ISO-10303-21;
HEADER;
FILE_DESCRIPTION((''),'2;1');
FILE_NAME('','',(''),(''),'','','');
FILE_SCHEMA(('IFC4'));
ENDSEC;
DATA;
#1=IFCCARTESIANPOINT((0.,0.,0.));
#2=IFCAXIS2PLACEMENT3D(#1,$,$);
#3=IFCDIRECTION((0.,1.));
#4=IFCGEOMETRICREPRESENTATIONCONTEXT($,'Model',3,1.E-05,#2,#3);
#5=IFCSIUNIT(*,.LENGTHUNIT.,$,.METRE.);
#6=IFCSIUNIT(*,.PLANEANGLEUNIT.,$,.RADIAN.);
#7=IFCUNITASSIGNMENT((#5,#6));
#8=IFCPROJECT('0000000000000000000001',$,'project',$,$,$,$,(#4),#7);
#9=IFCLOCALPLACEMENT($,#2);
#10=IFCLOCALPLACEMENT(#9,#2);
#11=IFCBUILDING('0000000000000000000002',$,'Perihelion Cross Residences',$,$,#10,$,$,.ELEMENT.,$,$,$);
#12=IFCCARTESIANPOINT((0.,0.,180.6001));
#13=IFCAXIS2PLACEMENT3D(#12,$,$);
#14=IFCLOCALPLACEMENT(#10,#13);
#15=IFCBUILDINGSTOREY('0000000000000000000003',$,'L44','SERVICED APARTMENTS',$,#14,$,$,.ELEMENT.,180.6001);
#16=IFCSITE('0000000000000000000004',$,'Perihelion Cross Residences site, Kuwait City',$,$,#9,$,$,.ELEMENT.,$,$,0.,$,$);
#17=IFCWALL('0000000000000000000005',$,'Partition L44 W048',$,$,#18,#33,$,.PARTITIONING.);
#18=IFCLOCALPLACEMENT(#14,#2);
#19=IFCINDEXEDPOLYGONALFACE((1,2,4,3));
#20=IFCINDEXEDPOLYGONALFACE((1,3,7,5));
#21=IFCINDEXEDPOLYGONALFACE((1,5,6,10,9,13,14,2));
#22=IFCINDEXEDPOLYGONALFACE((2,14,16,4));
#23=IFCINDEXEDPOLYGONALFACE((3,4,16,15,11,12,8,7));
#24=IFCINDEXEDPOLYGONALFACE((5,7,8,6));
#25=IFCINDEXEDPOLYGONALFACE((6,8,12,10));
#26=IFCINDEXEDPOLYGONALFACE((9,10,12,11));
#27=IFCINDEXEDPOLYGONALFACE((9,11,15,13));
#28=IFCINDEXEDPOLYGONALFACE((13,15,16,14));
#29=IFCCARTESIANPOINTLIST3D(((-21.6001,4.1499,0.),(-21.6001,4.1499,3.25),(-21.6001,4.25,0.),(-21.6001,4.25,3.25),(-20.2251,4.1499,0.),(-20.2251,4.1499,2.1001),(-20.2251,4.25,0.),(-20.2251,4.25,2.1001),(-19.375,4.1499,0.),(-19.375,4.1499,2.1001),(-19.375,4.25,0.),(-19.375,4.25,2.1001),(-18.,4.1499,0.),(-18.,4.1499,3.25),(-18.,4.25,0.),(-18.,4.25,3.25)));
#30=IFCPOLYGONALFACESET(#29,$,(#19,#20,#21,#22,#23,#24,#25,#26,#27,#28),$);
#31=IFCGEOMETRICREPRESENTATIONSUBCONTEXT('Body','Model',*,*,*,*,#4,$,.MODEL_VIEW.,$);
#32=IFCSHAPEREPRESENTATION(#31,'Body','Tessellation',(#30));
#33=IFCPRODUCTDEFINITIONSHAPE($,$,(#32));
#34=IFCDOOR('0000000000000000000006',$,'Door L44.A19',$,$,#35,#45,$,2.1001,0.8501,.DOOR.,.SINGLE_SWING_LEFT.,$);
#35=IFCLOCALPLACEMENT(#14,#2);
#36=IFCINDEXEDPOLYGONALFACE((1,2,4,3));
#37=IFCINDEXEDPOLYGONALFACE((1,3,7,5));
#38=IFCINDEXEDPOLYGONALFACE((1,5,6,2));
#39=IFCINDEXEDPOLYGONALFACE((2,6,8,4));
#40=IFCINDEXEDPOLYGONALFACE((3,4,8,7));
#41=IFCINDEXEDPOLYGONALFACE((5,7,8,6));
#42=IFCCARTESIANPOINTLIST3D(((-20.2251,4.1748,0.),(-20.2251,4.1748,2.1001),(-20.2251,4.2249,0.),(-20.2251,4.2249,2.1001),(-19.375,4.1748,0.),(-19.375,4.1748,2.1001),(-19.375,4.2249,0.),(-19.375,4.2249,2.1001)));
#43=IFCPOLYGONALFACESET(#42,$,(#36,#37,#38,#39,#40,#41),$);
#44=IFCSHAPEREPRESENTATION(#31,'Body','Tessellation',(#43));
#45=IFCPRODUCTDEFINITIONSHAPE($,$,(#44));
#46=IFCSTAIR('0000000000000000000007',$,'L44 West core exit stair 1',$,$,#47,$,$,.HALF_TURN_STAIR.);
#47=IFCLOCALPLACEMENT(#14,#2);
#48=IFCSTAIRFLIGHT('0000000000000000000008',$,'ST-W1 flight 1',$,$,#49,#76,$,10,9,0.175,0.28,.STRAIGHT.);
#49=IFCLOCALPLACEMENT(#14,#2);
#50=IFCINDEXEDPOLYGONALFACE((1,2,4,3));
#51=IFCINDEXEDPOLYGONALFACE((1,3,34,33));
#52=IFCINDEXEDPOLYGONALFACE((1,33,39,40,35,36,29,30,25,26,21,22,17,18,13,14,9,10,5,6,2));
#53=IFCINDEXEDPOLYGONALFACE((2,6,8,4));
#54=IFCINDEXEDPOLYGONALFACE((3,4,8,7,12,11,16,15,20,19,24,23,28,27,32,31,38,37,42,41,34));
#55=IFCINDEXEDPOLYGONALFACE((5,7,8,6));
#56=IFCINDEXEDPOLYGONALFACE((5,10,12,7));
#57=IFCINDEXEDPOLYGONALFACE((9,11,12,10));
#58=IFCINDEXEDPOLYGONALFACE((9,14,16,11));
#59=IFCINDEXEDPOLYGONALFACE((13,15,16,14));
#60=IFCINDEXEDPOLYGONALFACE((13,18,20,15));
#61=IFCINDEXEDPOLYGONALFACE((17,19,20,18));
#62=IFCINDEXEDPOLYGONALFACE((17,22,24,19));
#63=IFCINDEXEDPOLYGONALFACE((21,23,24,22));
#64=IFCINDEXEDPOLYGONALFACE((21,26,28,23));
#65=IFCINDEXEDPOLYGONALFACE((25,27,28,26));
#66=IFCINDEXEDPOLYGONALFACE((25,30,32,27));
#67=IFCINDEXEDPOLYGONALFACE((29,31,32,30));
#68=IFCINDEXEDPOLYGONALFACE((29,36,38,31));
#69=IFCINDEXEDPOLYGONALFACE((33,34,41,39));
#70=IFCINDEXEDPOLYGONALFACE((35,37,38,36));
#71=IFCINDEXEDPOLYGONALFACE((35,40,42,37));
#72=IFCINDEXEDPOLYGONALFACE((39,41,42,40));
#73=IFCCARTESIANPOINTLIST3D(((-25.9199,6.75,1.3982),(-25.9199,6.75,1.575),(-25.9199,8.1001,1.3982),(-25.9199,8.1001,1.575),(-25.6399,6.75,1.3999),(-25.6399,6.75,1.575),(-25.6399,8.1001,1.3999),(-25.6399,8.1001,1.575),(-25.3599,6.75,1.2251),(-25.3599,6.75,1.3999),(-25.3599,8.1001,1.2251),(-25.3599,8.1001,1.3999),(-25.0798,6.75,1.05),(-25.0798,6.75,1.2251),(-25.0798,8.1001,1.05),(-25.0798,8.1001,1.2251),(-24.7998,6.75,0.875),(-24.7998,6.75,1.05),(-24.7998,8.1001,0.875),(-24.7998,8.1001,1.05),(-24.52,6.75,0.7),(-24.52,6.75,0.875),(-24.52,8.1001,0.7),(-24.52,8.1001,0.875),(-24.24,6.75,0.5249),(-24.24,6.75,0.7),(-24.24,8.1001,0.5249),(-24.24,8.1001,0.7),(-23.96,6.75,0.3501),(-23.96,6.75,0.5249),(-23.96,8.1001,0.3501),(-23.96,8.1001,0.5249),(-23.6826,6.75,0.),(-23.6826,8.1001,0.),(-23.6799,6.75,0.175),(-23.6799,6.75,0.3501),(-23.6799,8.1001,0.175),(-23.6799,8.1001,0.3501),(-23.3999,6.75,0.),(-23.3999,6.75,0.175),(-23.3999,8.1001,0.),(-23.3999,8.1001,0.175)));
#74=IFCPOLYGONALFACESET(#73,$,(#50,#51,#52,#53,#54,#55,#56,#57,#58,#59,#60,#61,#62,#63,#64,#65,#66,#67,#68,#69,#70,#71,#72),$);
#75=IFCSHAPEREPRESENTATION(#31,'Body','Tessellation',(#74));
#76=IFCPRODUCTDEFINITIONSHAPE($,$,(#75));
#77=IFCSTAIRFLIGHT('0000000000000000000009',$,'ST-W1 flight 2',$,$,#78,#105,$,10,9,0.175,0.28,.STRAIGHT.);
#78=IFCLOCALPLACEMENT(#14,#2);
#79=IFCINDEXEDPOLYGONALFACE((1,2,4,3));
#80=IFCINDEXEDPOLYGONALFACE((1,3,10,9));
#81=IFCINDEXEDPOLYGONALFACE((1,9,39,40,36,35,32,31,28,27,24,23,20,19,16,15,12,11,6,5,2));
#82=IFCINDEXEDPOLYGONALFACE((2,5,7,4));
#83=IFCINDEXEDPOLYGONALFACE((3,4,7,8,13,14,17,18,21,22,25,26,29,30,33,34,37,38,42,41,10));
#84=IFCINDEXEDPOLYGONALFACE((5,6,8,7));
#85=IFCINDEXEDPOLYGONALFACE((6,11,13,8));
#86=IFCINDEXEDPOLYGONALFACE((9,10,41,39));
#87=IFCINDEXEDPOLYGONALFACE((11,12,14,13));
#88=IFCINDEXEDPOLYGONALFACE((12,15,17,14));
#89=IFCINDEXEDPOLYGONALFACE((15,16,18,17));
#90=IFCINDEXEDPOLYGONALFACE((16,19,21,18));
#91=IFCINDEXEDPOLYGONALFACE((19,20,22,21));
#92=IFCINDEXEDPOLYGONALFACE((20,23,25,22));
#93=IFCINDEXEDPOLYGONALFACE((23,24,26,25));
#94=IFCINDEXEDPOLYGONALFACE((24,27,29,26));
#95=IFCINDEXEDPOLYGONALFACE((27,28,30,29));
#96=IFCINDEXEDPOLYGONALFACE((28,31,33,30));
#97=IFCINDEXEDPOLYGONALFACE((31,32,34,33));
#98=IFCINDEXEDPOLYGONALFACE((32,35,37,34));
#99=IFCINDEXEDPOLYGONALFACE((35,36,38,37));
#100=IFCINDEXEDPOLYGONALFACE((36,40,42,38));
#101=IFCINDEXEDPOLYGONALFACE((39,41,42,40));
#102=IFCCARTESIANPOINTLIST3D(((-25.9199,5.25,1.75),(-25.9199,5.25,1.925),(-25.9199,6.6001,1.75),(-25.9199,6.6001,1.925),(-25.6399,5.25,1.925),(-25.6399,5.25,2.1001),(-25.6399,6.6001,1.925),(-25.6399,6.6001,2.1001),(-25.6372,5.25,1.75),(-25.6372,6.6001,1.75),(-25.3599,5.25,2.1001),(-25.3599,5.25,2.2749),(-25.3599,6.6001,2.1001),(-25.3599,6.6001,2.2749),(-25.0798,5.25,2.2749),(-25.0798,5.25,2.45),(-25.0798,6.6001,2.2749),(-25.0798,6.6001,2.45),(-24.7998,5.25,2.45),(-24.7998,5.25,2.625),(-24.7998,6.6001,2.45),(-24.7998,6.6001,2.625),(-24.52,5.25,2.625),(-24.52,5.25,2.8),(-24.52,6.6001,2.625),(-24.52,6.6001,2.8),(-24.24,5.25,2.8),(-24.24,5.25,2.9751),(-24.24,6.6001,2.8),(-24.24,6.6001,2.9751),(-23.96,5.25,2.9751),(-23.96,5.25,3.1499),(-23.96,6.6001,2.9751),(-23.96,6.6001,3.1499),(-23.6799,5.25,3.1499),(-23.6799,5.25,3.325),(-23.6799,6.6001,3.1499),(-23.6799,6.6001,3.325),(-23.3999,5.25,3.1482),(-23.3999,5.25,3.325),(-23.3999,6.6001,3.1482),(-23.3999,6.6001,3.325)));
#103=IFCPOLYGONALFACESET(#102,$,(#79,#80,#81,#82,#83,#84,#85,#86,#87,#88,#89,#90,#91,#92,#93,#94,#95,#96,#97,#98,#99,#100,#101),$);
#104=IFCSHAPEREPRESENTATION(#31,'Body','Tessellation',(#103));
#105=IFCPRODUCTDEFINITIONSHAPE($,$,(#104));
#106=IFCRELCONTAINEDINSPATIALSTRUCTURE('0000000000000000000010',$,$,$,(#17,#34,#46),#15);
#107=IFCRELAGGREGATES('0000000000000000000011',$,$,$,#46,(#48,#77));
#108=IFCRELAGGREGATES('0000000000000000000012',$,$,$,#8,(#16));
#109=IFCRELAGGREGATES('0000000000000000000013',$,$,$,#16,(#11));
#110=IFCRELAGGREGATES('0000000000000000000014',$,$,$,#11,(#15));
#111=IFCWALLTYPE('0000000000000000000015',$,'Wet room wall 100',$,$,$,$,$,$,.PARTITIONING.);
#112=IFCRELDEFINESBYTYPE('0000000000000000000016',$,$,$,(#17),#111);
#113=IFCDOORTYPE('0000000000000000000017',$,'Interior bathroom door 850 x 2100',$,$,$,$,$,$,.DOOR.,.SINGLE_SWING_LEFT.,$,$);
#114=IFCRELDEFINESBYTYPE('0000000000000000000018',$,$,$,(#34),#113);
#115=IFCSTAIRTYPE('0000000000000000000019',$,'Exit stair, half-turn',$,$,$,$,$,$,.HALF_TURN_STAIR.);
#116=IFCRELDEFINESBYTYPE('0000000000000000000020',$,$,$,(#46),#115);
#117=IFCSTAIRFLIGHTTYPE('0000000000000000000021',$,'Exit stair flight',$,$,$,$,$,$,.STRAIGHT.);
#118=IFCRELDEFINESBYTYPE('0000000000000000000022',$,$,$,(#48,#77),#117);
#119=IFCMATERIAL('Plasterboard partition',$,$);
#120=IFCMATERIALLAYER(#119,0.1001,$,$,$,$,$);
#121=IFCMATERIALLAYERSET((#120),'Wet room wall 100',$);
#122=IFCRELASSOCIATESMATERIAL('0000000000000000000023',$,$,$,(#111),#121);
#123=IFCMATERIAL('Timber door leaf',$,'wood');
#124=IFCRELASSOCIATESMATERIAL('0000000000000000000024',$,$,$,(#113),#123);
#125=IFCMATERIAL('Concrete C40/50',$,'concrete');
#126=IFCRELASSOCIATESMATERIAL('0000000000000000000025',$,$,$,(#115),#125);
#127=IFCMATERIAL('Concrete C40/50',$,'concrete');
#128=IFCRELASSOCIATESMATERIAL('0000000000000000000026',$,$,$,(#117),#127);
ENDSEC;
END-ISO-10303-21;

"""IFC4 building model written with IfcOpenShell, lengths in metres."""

from ifc_helpers import new_model, si_unit, direction, frame, frame_2d, origin, place, context, subcontext, project, spatial, polyline, rectangle, outline, extrude, material, layer, layer_set, type_object, element, fill, aggregate, save


model = new_model("IFC4")

# Units and contexts
model_context = context("Model", 3, precision=1e-05, world=origin(), true_north=direction((0.0, 1.0)))
body_context = subcontext(model_context, "Body", "Model", "MODEL_VIEW")
ifc_project = project(units=[si_unit("LENGTHUNIT", "METRE"), si_unit("PLANEANGLEUNIT", "RADIAN")], contexts=[model_context])

# Site, building, storey
site_placement = place(None, origin())
site = spatial("IfcSite", under=ifc_project, at=site_placement, Name="Perihelion Cross Residences site, Kuwait City", CompositionType="ELEMENT", RefElevation=0.0)
building_placement = place(site_placement, origin())
building = spatial("IfcBuilding", under=site, at=building_placement, Name="Perihelion Cross Residences", CompositionType="ELEMENT")
storey_placement = place(building_placement, frame((0.0, 0.0, 180.6001)))
storey = spatial("IfcBuildingStorey", under=building, at=storey_placement, Name="L44", Description="SERVICED APARTMENTS", CompositionType="ELEMENT", Elevation=180.6001)

# Wall, opening, door
ifc_material_1 = material(Name="Plasterboard partition")
ifc_layer_1 = layer(ifc_material_1, 0.1001)
ifc_layer_set_1 = layer_set([ifc_layer_1], Name="Wet room wall 100")
wall_type_1 = type_object("IfcWallType", Name="Wet room wall 100", PredefinedType="PARTITIONING", material=ifc_layer_set_1)
wall_1_placement = place(storey_placement, frame((-21.6001, 4.2, 0.0), z_axis=(0.0, 0.0, 1.0), x_axis=(1.0, 0.0, 0.0)))
wall_1 = element("IfcWall", 1, at=wall_1_placement, inside=storey, type_object=wall_type_1, Name="Partition L44 W048", PredefinedType="PARTITIONING", context=body_context, shape_type="SweptSolid", body=[
    extrude(rectangle(XDim=3.6001, YDim=0.1001, at=frame_2d((1.8, 0.0))), origin(), (0.0, 0.0, 1.0), 3.25),
])
opening_1_placement = place(wall_1_placement, frame((1.375, 0.0, 0.0)))
opening_1 = element("IfcOpeningElement", 2, at=opening_1_placement, cuts=wall_1, PredefinedType="OPENING", context=body_context, shape_type="SweptSolid", body=[
    extrude(rectangle(XDim=0.8501, YDim=2.1001, at=frame_2d((0.425, 1.05))), frame((0.0, 0.0601, 0.0), z_axis=(0.0, -1.0, 0.0), x_axis=(1.0, 0.0, 0.0)), (0.0, 0.0, 1.0), 0.1201),
])
ifc_material_2 = material(Name="Timber door leaf", Category="wood")
door_type_1 = type_object("IfcDoorType", Name="Interior bathroom door 850 x 2100", OperationType="SINGLE_SWING_LEFT", PredefinedType="DOOR", material=ifc_material_2)
door_1_placement = place(opening_1_placement, origin())
door_1 = element("IfcDoor", 3, at=door_1_placement, inside=storey, type_object=door_type_1, Name="Door L44.A19", OperationType="SINGLE_SWING_LEFT", OverallHeight=2.1001, OverallWidth=0.8501, PredefinedType="DOOR", context=body_context, shape_type="SweptSolid", body=[
    extrude(rectangle(XDim=0.8501, YDim=2.1001, at=frame_2d((0.425, 1.05))), frame((0.0, 0.0249, 0.0), z_axis=(0.0, -1.0, 0.0), x_axis=(1.0, 0.0, 0.0)), (0.0, 0.0, 1.0), 0.05),
])
fill(opening_1, door_1)

# Stair, stair flights
ifc_material_3 = material(Name="Concrete C40/50", Category="concrete")
stair_type = type_object("IfcStairType", Name="Exit stair, half-turn", PredefinedType="HALF_TURN_STAIR", material=ifc_material_3)
stair_placement = place(storey_placement, origin())
stair = element("IfcStair", 4, at=stair_placement, inside=storey, type_object=stair_type, Name="L44 West core exit stair 1", PredefinedType="HALF_TURN_STAIR")
ifc_material_4 = material(Name="Concrete C40/50", Category="concrete")
stair_flight_type = type_object("IfcStairFlightType", Name="Exit stair flight", PredefinedType="STRAIGHT", material=ifc_material_4)
stair_flight_1_placement = place(storey_placement, frame((-23.3999, 7.425, 0.0), z_axis=(0.0, 0.0, 1.0), x_axis=(-1.0, 0.0, 0.0)))
stair_flight_1 = element("IfcStairFlight", 5, at=stair_flight_1_placement, type_object=stair_flight_type, Name="ST-W1 flight 1", NumberOfRisers=10, NumberOfTreads=9, PredefinedType="STRAIGHT", RiserHeight=0.175, TreadLength=0.28, context=body_context, shape_type="SweptSolid", body=[
    extrude(outline(polyline([(0.0, 0.0), (0.0, 0.175), (0.28, 0.175), (0.28, 0.3501), (0.5601, 0.3501), (0.5601, 0.5249), (0.8401, 0.5249), (0.8401, 0.7), (1.1201, 0.7), (1.1201, 0.875), (1.3999, 0.875), (1.3999, 1.05), (1.6799, 1.05), (1.6799, 1.2251), (1.96, 1.2251), (1.96, 1.3999), (2.24, 1.3999), (2.24, 1.575), (2.52, 1.575), (2.52, 1.75), (2.52, 1.3982), (0.2827, 0.0), (0.0, 0.0)])), frame((0.0, 0.675, 0.0), z_axis=(0.0, -1.0, 0.0), x_axis=(1.0, 0.0, 0.0)), (0.0, 0.0, 1.0), 1.3501),
])
stair_flight_2_placement = place(storey_placement, frame((-25.9199, 5.925, 1.75), z_axis=(0.0, 0.0, 1.0), x_axis=(1.0, 0.0, 0.0)))
stair_flight_2 = element("IfcStairFlight", 6, at=stair_flight_2_placement, type_object=stair_flight_type, Name="ST-W1 flight 2", NumberOfRisers=10, NumberOfTreads=9, PredefinedType="STRAIGHT", RiserHeight=0.175, TreadLength=0.28, context=body_context, shape_type="SweptSolid", body=[
    extrude(outline(polyline([(0.0, 0.0), (0.0, 0.175), (0.28, 0.175), (0.28, 0.3501), (0.5601, 0.3501), (0.5601, 0.5249), (0.8401, 0.5249), (0.8401, 0.7), (1.1201, 0.7), (1.1201, 0.875), (1.3999, 0.875), (1.3999, 1.05), (1.6799, 1.05), (1.6799, 1.2251), (1.96, 1.2251), (1.96, 1.3999), (2.24, 1.3999), (2.24, 1.575), (2.52, 1.575), (2.52, 1.75), (2.52, 1.3982), (0.2827, 0.0), (0.0, 0.0)])), frame((0.0, 0.675, 0.0), z_axis=(0.0, -1.0, 0.0), x_axis=(1.0, 0.0, 0.0)), (0.0, 0.0, 1.0), 1.3501),
])
aggregate(stair, [stair_flight_1, stair_flight_2])

save(model, "model.ifc")
